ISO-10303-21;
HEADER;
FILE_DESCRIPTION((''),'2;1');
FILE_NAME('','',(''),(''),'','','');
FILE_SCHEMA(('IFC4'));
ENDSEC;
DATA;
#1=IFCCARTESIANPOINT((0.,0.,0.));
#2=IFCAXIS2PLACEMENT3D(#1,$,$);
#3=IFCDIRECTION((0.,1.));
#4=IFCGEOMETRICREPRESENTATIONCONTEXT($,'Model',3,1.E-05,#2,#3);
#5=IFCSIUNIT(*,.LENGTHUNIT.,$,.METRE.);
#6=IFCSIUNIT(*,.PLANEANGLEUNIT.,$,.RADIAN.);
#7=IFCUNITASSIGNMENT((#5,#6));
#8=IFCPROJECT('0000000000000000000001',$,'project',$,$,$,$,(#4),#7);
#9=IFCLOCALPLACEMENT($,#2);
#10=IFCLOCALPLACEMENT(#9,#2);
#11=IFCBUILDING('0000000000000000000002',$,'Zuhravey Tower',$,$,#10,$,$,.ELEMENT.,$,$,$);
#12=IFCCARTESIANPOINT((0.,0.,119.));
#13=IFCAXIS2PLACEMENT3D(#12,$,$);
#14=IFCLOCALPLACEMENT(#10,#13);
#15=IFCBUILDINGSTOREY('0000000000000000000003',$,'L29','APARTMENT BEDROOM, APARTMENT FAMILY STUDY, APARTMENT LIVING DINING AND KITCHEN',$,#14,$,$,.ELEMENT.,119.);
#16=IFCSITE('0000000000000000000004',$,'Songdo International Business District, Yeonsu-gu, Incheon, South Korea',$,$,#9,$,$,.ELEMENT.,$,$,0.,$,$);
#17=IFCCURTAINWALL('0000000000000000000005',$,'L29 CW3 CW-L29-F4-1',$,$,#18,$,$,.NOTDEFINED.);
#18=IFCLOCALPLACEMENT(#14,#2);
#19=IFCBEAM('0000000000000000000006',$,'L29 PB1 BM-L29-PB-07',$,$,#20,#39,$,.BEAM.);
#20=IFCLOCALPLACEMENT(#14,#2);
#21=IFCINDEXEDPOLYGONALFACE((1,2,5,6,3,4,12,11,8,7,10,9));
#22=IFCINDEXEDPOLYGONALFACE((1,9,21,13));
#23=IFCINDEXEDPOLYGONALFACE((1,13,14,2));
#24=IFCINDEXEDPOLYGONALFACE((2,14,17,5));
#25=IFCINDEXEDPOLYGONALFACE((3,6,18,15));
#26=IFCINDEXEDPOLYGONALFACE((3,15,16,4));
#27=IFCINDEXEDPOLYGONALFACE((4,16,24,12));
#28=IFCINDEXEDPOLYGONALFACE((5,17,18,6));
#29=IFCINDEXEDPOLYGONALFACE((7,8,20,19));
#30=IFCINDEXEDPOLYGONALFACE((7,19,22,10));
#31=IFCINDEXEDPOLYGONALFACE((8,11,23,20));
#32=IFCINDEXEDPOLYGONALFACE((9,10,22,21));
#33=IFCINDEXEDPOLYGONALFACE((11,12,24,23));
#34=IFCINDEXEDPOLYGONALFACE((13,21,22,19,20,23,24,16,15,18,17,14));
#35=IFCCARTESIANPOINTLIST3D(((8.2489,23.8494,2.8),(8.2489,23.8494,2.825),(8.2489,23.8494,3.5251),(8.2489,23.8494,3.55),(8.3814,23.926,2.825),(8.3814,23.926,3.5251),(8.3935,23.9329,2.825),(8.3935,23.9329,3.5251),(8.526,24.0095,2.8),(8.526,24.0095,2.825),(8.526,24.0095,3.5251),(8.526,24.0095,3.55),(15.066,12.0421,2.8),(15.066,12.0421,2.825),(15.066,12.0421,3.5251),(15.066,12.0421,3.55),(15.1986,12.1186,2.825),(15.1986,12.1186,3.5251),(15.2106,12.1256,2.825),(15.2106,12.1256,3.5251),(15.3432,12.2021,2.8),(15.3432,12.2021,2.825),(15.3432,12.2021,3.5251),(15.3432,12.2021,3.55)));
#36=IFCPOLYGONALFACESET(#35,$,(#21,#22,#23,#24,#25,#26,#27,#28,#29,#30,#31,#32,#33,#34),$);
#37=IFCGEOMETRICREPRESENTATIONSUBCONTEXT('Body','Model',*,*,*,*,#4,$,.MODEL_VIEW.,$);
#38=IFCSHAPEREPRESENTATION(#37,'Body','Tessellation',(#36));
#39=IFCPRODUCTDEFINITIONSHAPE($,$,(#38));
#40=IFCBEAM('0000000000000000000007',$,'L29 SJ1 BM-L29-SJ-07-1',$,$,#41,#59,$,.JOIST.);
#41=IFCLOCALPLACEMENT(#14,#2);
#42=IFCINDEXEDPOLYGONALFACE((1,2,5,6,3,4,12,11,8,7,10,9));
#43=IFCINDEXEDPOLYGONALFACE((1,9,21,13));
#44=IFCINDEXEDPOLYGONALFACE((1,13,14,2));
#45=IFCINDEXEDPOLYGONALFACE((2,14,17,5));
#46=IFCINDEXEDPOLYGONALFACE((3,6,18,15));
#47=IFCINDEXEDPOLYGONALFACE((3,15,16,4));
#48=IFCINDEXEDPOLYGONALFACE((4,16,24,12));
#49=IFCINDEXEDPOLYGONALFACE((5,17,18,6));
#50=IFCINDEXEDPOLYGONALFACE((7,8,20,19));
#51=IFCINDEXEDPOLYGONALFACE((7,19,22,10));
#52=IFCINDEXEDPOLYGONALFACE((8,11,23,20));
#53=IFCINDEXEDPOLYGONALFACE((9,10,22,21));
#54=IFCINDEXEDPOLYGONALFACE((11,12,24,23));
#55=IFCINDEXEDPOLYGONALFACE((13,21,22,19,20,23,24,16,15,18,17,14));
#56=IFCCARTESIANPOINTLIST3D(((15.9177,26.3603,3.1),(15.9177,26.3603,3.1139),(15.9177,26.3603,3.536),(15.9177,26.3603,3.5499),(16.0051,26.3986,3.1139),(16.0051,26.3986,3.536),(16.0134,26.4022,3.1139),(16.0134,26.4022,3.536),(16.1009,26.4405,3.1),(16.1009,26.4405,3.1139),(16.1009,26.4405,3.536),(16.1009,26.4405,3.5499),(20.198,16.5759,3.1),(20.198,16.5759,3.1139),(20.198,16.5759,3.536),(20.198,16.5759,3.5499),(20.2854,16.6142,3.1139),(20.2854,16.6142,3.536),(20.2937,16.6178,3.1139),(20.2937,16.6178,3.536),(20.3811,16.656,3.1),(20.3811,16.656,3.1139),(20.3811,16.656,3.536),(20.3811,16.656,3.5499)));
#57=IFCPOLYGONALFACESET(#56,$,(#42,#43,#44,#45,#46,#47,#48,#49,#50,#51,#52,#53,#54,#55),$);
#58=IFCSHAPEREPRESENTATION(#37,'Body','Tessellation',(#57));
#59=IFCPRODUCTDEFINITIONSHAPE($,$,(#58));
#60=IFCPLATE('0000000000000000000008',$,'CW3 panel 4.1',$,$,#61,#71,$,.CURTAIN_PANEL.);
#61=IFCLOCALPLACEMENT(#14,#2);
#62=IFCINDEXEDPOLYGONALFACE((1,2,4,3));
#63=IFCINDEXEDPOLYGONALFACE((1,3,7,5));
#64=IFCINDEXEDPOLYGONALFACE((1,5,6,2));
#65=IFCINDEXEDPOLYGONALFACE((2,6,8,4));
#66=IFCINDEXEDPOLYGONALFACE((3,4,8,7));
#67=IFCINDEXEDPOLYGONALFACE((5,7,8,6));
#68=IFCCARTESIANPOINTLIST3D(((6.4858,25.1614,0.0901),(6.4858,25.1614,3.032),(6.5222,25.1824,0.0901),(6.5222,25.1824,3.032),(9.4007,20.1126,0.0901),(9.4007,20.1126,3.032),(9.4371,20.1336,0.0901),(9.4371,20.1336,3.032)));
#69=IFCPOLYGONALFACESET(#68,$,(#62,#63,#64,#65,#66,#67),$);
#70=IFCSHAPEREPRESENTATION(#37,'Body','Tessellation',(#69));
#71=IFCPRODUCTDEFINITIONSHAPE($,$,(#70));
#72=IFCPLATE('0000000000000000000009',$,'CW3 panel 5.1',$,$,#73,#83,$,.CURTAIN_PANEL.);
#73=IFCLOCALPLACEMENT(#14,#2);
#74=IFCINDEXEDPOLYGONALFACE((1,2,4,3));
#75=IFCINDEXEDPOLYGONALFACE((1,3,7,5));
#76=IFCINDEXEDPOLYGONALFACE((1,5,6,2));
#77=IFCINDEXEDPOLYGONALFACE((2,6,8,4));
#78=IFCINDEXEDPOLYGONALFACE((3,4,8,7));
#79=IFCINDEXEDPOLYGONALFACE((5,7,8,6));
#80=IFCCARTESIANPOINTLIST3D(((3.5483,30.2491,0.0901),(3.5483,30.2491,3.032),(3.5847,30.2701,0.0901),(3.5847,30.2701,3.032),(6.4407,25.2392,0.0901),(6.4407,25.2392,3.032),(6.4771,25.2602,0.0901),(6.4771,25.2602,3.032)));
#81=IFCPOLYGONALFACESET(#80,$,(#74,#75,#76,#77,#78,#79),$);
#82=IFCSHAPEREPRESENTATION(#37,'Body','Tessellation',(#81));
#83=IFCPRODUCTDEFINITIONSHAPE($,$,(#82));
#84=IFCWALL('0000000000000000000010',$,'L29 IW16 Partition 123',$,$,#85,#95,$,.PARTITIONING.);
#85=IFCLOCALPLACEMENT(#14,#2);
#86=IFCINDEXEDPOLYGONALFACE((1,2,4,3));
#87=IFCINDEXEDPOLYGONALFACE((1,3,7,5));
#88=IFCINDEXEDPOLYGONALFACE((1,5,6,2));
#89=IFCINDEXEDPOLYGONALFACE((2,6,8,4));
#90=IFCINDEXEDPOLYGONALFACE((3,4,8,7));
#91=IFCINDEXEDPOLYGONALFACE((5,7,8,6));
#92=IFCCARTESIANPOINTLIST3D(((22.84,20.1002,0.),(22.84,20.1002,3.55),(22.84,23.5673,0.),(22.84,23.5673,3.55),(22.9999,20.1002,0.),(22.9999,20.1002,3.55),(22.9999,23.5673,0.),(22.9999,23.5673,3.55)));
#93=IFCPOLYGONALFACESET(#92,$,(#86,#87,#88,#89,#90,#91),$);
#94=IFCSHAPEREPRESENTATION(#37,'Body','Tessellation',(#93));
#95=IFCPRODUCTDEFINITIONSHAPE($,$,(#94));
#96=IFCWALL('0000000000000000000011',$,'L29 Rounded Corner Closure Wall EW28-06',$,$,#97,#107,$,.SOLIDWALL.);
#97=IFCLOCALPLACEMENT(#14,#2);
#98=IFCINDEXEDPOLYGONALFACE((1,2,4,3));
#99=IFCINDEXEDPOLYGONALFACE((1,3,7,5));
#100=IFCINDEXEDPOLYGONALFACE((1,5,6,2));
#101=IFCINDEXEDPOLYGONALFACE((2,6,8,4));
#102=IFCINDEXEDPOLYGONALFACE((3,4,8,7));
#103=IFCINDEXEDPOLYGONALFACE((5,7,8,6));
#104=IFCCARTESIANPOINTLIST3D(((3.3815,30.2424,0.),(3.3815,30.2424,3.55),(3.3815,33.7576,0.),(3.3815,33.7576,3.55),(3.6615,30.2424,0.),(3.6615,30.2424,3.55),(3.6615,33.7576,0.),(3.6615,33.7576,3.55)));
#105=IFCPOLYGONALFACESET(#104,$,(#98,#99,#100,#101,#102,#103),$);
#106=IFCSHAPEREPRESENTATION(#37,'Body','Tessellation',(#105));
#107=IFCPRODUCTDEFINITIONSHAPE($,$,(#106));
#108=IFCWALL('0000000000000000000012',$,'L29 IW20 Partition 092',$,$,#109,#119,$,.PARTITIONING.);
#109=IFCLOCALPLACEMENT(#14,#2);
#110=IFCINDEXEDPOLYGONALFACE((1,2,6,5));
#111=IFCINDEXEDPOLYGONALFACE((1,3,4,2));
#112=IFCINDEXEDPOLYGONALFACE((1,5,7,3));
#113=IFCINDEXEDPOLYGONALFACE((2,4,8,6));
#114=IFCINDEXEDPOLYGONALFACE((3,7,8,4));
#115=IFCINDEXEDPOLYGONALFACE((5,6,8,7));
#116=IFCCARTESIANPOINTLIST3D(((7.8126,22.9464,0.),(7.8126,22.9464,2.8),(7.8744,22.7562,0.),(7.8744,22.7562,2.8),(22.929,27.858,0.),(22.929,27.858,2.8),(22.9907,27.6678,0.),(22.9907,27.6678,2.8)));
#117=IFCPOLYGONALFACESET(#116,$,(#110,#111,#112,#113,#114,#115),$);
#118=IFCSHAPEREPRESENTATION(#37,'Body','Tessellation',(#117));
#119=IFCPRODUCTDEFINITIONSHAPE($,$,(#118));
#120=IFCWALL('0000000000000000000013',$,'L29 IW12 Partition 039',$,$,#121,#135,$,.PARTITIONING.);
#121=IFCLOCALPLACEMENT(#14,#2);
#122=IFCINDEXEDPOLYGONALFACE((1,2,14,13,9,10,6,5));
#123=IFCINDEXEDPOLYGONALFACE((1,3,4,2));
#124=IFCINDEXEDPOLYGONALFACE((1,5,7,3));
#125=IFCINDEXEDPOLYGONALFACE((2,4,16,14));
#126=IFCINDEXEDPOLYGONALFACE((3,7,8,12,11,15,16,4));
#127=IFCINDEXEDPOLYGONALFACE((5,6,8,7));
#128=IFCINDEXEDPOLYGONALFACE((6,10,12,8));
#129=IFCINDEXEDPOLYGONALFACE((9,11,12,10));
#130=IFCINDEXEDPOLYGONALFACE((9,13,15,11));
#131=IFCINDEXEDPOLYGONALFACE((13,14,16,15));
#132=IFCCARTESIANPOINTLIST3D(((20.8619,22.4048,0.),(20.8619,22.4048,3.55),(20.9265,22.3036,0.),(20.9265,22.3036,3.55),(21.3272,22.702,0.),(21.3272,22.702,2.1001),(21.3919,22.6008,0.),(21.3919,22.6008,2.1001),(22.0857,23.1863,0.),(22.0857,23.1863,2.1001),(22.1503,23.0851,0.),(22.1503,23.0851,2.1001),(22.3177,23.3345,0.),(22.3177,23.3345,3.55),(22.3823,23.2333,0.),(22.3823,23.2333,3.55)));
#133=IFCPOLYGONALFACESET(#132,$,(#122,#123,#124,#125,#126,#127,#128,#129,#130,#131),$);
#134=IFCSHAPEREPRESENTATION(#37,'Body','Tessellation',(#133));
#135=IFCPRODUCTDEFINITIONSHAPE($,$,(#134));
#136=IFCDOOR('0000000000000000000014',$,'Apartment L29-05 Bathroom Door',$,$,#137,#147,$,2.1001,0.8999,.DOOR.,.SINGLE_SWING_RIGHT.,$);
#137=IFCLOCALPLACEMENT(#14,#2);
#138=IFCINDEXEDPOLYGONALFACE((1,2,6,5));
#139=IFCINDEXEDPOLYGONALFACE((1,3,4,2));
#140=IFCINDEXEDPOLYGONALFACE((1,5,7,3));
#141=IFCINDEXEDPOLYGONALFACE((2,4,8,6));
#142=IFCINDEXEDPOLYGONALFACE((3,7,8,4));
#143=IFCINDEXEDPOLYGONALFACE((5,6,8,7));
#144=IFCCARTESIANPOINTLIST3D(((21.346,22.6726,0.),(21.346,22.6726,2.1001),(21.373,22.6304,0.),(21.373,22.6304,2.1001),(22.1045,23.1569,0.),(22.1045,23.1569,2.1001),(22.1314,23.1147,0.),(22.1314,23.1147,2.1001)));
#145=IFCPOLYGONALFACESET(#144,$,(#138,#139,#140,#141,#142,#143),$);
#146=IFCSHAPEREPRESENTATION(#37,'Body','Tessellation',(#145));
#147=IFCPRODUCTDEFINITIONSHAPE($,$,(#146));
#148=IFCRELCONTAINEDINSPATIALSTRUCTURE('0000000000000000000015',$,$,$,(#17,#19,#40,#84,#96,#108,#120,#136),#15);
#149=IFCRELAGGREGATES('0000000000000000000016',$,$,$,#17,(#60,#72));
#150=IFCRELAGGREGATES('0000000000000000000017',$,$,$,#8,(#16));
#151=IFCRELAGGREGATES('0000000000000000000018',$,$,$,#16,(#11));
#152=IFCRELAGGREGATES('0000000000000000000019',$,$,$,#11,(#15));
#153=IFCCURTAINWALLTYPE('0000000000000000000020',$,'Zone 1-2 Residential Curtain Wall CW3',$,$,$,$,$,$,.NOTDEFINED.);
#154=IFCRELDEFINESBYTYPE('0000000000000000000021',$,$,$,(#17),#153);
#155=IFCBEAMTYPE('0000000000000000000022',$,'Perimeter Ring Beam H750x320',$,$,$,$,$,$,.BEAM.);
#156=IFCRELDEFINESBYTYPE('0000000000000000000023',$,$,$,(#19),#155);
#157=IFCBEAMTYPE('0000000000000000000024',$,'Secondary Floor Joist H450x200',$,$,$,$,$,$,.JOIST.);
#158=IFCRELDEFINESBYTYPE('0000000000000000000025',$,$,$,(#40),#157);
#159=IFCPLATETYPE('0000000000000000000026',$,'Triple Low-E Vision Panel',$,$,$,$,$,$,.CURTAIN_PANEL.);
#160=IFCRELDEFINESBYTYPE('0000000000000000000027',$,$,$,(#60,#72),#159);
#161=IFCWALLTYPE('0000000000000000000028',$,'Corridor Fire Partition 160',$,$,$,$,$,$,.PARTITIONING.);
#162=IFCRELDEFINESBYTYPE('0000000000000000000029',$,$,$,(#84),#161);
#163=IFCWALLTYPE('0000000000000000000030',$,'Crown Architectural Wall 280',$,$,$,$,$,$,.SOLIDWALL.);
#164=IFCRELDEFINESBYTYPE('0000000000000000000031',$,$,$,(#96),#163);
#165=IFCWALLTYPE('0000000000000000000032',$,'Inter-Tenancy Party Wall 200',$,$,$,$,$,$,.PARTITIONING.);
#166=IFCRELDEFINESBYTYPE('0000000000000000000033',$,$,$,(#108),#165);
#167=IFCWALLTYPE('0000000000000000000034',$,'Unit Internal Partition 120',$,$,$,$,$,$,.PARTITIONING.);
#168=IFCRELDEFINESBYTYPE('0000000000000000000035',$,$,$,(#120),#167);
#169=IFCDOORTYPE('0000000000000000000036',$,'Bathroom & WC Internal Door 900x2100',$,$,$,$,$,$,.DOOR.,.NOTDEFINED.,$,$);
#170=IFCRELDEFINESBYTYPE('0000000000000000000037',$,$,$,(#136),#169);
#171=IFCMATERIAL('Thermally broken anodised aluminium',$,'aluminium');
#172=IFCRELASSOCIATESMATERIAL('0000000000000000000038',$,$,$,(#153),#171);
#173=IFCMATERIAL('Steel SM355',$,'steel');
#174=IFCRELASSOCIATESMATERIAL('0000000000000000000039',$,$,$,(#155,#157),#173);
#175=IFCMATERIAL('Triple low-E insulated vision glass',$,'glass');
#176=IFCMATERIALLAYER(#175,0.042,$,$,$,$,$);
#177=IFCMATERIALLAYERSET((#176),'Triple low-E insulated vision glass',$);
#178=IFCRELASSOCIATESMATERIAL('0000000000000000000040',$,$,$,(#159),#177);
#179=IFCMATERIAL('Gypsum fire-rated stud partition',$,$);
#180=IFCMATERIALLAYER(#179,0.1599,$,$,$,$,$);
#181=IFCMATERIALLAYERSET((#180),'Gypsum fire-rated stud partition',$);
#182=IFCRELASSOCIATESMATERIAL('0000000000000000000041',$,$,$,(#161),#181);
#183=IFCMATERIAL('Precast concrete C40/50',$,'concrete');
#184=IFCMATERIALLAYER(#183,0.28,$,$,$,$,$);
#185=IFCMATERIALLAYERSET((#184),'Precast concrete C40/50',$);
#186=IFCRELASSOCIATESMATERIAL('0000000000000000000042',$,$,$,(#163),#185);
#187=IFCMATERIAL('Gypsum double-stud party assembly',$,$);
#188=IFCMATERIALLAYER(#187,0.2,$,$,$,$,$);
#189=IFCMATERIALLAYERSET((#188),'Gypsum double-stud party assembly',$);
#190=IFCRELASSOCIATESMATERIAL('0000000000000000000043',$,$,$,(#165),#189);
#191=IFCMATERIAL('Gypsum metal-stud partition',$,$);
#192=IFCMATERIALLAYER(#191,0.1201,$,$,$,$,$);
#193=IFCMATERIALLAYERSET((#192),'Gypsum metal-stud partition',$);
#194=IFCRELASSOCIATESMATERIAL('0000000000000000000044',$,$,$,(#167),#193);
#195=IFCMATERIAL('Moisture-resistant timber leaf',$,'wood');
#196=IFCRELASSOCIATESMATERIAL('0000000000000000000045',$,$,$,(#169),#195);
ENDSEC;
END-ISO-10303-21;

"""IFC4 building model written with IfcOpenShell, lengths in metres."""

from ifc_helpers import new_model, si_unit, direction, frame, frame_2d, origin, origin_2d, place, context, subcontext, project, spatial, rectangle, i_section, extrude, material, layer, layer_set, material_profile, profile_set, type_object, element, fill, aggregate, save


model = new_model("IFC4")

# Units and contexts
model_context = context("Model", 3, precision=1e-05, world=origin(), true_north=direction((0.0, 1.0)))
body_context = subcontext(model_context, "Body", "Model", "MODEL_VIEW")
ifc_project = project(units=[si_unit("LENGTHUNIT", "METRE"), si_unit("PLANEANGLEUNIT", "RADIAN")], contexts=[model_context])

# Site, building, storey
site_placement = place(None, origin())
site = spatial("IfcSite", under=ifc_project, at=site_placement, Name="Songdo International Business District, Yeonsu-gu, Incheon, South Korea", CompositionType="ELEMENT", RefElevation=0.0)
building_placement = place(site_placement, origin())
building = spatial("IfcBuilding", under=site, at=building_placement, Name="Zuhravey Tower", CompositionType="ELEMENT")
storey_placement = place(building_placement, frame((0.0, 0.0, 119.0)))
storey = spatial("IfcBuildingStorey", under=building, at=storey_placement, Name="L29", Description="APARTMENT BEDROOM, APARTMENT FAMILY STUDY, APARTMENT LIVING DINING AND KITCHEN", CompositionType="ELEMENT", Elevation=119.0)

# Curtain wall
ifc_material_1 = material(Name="Thermally broken anodised aluminium", Category="aluminium")
curtain_wall_type = type_object("IfcCurtainWallType", Name="Zone 1-2 Residential Curtain Wall CW3", PredefinedType="NOTDEFINED", material=ifc_material_1)
curtain_wall_1_placement = place(storey_placement, origin())
curtain_wall_1 = element("IfcCurtainWall", 1, at=curtain_wall_1_placement, inside=storey, type_object=curtain_wall_type, Name="L29 CW3 CW-L29-F4-1", PredefinedType="NOTDEFINED")

# Beams
ifc_material_2 = material(Name="Steel SM355", Category="steel")
ifc_material_profile_1 = material_profile(ifc_material_2, i_section(OverallWidth=0.3201, OverallDepth=0.75, WebThickness=0.0139, FlangeThickness=0.0249, at=origin_2d()), Name="H-750x320x14x25")
ifc_profile_set_1 = profile_set([ifc_material_profile_1], Name="Steel SM355")
beam_type_1 = type_object("IfcBeamType", Name="Perimeter Ring Beam H750x320", PredefinedType="BEAM", material=ifc_profile_set_1)
beam_1_placement = place(storey_placement, frame((8.3875, 23.9294, 3.175), z_axis=(0.500008, -0.866021, 0.0), x_axis=(0.866021, 0.500008, 0.0)))
element("IfcBeam", 2, at=beam_1_placement, inside=storey, type_object=beam_type_1, Name="L29 PB1 BM-L29-PB-07", PredefinedType="BEAM", context=body_context, shape_type="SweptSolid", body=[
    extrude(i_section(OverallWidth=0.3201, OverallDepth=0.75, WebThickness=0.0139, FlangeThickness=0.0249, at=origin_2d()), origin(), (0.0, 0.0, 1.0), 13.634),
])
ifc_material_profile_2 = material_profile(ifc_material_2, i_section(OverallWidth=0.2, OverallDepth=0.45, WebThickness=0.009, FlangeThickness=0.0139, at=origin_2d()), Name="H-450x200x9x14")
ifc_profile_set_2 = profile_set([ifc_material_profile_2], Name="Steel SM355")
beam_type_2 = type_object("IfcBeamType", Name="Secondary Floor Joist H450x200", PredefinedType="JOIST", material=ifc_profile_set_2)
beam_2_placement = place(storey_placement, frame((16.0093, 26.4004, 3.325), z_axis=(0.400786, -0.916172, 0.0), x_axis=(0.916172, 0.400786, 0.0)))
element("IfcBeam", 3, at=beam_2_placement, inside=storey, type_object=beam_type_2, Name="L29 SJ1 BM-L29-SJ-07-1", PredefinedType="JOIST", context=body_context, shape_type="SweptSolid", body=[
    extrude(i_section(OverallWidth=0.2, OverallDepth=0.45, WebThickness=0.009, FlangeThickness=0.0139, at=origin_2d()), origin(), (0.0, 0.0, 1.0), 10.6797),
])

# Plates
ifc_material_3 = material(Name="Triple low-E insulated vision glass", Category="glass")
ifc_layer_1 = layer(ifc_material_3, 0.042)
ifc_layer_set_1 = layer_set([ifc_layer_1], Name="Triple low-E insulated vision glass")
plate_type = type_object("IfcPlateType", Name="Triple Low-E Vision Panel", PredefinedType="CURTAIN_PANEL", material=ifc_layer_set_1)
plate_1_placement = place(storey_placement, frame((7.9614, 22.6475, 0.0901), z_axis=(0.0, 0.0, 1.0), x_axis=(-0.5, 0.866026, 0.0)))
plate_1 = element("IfcPlate", 4, at=plate_1_placement, type_object=plate_type, Name="CW3 panel 4.1", PredefinedType="CURTAIN_PANEL", context=body_context, shape_type="SweptSolid", body=[
    extrude(rectangle(XDim=5.8298, YDim=0.042, at=origin_2d()), origin(), (0.0, 0.0, 1.0), 2.9419),
])
plate_2_placement = place(storey_placement, frame((5.0127, 27.7546, 0.0901), z_axis=(0.0, 0.0, 1.0), x_axis=(-0.5, 0.866026, 0.0)))
plate_2 = element("IfcPlate", 5, at=plate_2_placement, type_object=plate_type, Name="CW3 panel 5.1", PredefinedType="CURTAIN_PANEL", context=body_context, shape_type="SweptSolid", body=[
    extrude(rectangle(XDim=5.7849, YDim=0.042, at=origin_2d()), origin(), (0.0, 0.0, 1.0), 2.9419),
])
aggregate(curtain_wall_1, [plate_1, plate_2])

# Shared definitions
ifc_material_4 = material(Name="Gypsum fire-rated stud partition")
ifc_layer_2 = layer(ifc_material_4, 0.1599)
ifc_layer_set_2 = layer_set([ifc_layer_2], Name="Gypsum fire-rated stud partition")
wall_type_1 = type_object("IfcWallType", Name="Corridor Fire Partition 160", PredefinedType="PARTITIONING", material=ifc_layer_set_2)

# Walls
wall_1_placement = place(storey_placement, frame((22.9199, 23.5671, 0.0), z_axis=(0.0, 0.0, 1.0), x_axis=(0.0, -1.0, 0.0)))
element("IfcWall", 6, at=wall_1_placement, inside=storey, type_object=wall_type_1, Name="L29 IW16 Partition 123", PredefinedType="PARTITIONING", context=body_context, shape_type="SweptSolid", body=[
    extrude(rectangle(XDim=3.467, YDim=0.1599, at=frame_2d((1.7334, 0.0))), origin(), (0.0, 0.0, 1.0), 3.55),
])
ifc_material_5 = material(Name="Precast concrete C40/50", Category="concrete")
ifc_layer_3 = layer(ifc_material_5, 0.28)
ifc_layer_set_3 = layer_set([ifc_layer_3], Name="Precast concrete C40/50")
wall_type_2 = type_object("IfcWallType", Name="Crown Architectural Wall 280", PredefinedType="SOLIDWALL", material=ifc_layer_set_3)
wall_2_placement = place(storey_placement, frame((3.5215, 30.2424, 0.0), z_axis=(0.0, 0.0, 1.0), x_axis=(0.0, 1.0, 0.0)))
element("IfcWall", 7, at=wall_2_placement, inside=storey, type_object=wall_type_2, Name="L29 Rounded Corner Closure Wall EW28-06", PredefinedType="SOLIDWALL", context=body_context, shape_type="SweptSolid", body=[
    extrude(rectangle(XDim=3.5151, YDim=0.28, at=frame_2d((1.7576, 0.0))), origin(), (0.0, 0.0, 1.0), 3.55),
])
ifc_material_6 = material(Name="Gypsum double-stud party assembly")
ifc_layer_4 = layer(ifc_material_6, 0.2)
ifc_layer_set_4 = layer_set([ifc_layer_4], Name="Gypsum double-stud party assembly")
wall_type_3 = type_object("IfcWallType", Name="Inter-Tenancy Party Wall 200", PredefinedType="PARTITIONING", material=ifc_layer_set_4)
wall_3_placement = place(storey_placement, frame((22.96, 27.7629, 0.0), z_axis=(0.0, 0.0, 1.0), x_axis=(-0.951057, -0.309016, 0.0)))
element("IfcWall", 8, at=wall_3_placement, inside=storey, type_object=wall_type_3, Name="L29 IW20 Partition 092", PredefinedType="PARTITIONING", context=body_context, shape_type="SweptSolid", body=[
    extrude(rectangle(XDim=15.8943, YDim=0.2, at=frame_2d((7.9473, 0.0))), origin(), (0.0, 0.0, 1.0), 2.8),
])

# Wall, opening, door
ifc_material_7 = material(Name="Gypsum metal-stud partition")
ifc_layer_5 = layer(ifc_material_7, 0.1201)
ifc_layer_set_5 = layer_set([ifc_layer_5], Name="Gypsum metal-stud partition")
wall_type_4 = type_object("IfcWallType", Name="Unit Internal Partition 120", PredefinedType="PARTITIONING", material=ifc_layer_set_5)
wall_4_placement = place(storey_placement, frame((22.3501, 23.2839, 0.0), z_axis=(0.0, 0.0, 1.0), x_axis=(-0.842805, -0.538219, 0.0)))
wall_4 = element("IfcWall", 9, at=wall_4_placement, inside=storey, type_object=wall_type_4, Name="L29 IW12 Partition 039", PredefinedType="PARTITIONING", context=body_context, shape_type="SweptSolid", body=[
    extrude(rectangle(XDim=1.7273, YDim=0.1201, at=frame_2d((0.8638, 0.0))), origin(), (0.0, 0.0, 1.0), 3.55),
])
opening_1_placement = place(wall_4_placement, frame((0.2754, 0.0, 0.0)))
opening_1 = element("IfcOpeningElement", 10, at=opening_1_placement, cuts=wall_4, PredefinedType="OPENING", context=body_context, shape_type="SweptSolid", body=[
    extrude(rectangle(XDim=0.8999, YDim=2.1001, at=frame_2d((0.45, 1.05))), frame((0.0, 0.072, 0.0), z_axis=(0.0, -1.0, 0.0), x_axis=(1.0, 0.0, 0.0)), (0.0, 0.0, 1.0), 0.144),
])
ifc_material_8 = material(Name="Moisture-resistant timber leaf", Category="wood")
door_type_1 = type_object("IfcDoorType", Name="Bathroom & WC Internal Door 900x2100", OperationType="NOTDEFINED", PredefinedType="DOOR", material=ifc_material_8)
door_1_placement = place(opening_1_placement, origin())
door_1 = element("IfcDoor", 11, at=door_1_placement, inside=storey, type_object=door_type_1, Name="Apartment L29-05 Bathroom Door", OperationType="SINGLE_SWING_RIGHT", OverallHeight=2.1001, OverallWidth=0.8999, PredefinedType="DOOR", context=body_context, shape_type="SweptSolid", body=[
    extrude(rectangle(XDim=0.8999, YDim=2.1001, at=frame_2d((0.45, 1.05))), frame((0.0, 0.0249, 0.0), z_axis=(0.0, -1.0, 0.0), x_axis=(1.0, 0.0, 0.0)), (0.0, 0.0, 1.0), 0.05),
])
fill(opening_1, door_1)

save(model, "model.ifc")
